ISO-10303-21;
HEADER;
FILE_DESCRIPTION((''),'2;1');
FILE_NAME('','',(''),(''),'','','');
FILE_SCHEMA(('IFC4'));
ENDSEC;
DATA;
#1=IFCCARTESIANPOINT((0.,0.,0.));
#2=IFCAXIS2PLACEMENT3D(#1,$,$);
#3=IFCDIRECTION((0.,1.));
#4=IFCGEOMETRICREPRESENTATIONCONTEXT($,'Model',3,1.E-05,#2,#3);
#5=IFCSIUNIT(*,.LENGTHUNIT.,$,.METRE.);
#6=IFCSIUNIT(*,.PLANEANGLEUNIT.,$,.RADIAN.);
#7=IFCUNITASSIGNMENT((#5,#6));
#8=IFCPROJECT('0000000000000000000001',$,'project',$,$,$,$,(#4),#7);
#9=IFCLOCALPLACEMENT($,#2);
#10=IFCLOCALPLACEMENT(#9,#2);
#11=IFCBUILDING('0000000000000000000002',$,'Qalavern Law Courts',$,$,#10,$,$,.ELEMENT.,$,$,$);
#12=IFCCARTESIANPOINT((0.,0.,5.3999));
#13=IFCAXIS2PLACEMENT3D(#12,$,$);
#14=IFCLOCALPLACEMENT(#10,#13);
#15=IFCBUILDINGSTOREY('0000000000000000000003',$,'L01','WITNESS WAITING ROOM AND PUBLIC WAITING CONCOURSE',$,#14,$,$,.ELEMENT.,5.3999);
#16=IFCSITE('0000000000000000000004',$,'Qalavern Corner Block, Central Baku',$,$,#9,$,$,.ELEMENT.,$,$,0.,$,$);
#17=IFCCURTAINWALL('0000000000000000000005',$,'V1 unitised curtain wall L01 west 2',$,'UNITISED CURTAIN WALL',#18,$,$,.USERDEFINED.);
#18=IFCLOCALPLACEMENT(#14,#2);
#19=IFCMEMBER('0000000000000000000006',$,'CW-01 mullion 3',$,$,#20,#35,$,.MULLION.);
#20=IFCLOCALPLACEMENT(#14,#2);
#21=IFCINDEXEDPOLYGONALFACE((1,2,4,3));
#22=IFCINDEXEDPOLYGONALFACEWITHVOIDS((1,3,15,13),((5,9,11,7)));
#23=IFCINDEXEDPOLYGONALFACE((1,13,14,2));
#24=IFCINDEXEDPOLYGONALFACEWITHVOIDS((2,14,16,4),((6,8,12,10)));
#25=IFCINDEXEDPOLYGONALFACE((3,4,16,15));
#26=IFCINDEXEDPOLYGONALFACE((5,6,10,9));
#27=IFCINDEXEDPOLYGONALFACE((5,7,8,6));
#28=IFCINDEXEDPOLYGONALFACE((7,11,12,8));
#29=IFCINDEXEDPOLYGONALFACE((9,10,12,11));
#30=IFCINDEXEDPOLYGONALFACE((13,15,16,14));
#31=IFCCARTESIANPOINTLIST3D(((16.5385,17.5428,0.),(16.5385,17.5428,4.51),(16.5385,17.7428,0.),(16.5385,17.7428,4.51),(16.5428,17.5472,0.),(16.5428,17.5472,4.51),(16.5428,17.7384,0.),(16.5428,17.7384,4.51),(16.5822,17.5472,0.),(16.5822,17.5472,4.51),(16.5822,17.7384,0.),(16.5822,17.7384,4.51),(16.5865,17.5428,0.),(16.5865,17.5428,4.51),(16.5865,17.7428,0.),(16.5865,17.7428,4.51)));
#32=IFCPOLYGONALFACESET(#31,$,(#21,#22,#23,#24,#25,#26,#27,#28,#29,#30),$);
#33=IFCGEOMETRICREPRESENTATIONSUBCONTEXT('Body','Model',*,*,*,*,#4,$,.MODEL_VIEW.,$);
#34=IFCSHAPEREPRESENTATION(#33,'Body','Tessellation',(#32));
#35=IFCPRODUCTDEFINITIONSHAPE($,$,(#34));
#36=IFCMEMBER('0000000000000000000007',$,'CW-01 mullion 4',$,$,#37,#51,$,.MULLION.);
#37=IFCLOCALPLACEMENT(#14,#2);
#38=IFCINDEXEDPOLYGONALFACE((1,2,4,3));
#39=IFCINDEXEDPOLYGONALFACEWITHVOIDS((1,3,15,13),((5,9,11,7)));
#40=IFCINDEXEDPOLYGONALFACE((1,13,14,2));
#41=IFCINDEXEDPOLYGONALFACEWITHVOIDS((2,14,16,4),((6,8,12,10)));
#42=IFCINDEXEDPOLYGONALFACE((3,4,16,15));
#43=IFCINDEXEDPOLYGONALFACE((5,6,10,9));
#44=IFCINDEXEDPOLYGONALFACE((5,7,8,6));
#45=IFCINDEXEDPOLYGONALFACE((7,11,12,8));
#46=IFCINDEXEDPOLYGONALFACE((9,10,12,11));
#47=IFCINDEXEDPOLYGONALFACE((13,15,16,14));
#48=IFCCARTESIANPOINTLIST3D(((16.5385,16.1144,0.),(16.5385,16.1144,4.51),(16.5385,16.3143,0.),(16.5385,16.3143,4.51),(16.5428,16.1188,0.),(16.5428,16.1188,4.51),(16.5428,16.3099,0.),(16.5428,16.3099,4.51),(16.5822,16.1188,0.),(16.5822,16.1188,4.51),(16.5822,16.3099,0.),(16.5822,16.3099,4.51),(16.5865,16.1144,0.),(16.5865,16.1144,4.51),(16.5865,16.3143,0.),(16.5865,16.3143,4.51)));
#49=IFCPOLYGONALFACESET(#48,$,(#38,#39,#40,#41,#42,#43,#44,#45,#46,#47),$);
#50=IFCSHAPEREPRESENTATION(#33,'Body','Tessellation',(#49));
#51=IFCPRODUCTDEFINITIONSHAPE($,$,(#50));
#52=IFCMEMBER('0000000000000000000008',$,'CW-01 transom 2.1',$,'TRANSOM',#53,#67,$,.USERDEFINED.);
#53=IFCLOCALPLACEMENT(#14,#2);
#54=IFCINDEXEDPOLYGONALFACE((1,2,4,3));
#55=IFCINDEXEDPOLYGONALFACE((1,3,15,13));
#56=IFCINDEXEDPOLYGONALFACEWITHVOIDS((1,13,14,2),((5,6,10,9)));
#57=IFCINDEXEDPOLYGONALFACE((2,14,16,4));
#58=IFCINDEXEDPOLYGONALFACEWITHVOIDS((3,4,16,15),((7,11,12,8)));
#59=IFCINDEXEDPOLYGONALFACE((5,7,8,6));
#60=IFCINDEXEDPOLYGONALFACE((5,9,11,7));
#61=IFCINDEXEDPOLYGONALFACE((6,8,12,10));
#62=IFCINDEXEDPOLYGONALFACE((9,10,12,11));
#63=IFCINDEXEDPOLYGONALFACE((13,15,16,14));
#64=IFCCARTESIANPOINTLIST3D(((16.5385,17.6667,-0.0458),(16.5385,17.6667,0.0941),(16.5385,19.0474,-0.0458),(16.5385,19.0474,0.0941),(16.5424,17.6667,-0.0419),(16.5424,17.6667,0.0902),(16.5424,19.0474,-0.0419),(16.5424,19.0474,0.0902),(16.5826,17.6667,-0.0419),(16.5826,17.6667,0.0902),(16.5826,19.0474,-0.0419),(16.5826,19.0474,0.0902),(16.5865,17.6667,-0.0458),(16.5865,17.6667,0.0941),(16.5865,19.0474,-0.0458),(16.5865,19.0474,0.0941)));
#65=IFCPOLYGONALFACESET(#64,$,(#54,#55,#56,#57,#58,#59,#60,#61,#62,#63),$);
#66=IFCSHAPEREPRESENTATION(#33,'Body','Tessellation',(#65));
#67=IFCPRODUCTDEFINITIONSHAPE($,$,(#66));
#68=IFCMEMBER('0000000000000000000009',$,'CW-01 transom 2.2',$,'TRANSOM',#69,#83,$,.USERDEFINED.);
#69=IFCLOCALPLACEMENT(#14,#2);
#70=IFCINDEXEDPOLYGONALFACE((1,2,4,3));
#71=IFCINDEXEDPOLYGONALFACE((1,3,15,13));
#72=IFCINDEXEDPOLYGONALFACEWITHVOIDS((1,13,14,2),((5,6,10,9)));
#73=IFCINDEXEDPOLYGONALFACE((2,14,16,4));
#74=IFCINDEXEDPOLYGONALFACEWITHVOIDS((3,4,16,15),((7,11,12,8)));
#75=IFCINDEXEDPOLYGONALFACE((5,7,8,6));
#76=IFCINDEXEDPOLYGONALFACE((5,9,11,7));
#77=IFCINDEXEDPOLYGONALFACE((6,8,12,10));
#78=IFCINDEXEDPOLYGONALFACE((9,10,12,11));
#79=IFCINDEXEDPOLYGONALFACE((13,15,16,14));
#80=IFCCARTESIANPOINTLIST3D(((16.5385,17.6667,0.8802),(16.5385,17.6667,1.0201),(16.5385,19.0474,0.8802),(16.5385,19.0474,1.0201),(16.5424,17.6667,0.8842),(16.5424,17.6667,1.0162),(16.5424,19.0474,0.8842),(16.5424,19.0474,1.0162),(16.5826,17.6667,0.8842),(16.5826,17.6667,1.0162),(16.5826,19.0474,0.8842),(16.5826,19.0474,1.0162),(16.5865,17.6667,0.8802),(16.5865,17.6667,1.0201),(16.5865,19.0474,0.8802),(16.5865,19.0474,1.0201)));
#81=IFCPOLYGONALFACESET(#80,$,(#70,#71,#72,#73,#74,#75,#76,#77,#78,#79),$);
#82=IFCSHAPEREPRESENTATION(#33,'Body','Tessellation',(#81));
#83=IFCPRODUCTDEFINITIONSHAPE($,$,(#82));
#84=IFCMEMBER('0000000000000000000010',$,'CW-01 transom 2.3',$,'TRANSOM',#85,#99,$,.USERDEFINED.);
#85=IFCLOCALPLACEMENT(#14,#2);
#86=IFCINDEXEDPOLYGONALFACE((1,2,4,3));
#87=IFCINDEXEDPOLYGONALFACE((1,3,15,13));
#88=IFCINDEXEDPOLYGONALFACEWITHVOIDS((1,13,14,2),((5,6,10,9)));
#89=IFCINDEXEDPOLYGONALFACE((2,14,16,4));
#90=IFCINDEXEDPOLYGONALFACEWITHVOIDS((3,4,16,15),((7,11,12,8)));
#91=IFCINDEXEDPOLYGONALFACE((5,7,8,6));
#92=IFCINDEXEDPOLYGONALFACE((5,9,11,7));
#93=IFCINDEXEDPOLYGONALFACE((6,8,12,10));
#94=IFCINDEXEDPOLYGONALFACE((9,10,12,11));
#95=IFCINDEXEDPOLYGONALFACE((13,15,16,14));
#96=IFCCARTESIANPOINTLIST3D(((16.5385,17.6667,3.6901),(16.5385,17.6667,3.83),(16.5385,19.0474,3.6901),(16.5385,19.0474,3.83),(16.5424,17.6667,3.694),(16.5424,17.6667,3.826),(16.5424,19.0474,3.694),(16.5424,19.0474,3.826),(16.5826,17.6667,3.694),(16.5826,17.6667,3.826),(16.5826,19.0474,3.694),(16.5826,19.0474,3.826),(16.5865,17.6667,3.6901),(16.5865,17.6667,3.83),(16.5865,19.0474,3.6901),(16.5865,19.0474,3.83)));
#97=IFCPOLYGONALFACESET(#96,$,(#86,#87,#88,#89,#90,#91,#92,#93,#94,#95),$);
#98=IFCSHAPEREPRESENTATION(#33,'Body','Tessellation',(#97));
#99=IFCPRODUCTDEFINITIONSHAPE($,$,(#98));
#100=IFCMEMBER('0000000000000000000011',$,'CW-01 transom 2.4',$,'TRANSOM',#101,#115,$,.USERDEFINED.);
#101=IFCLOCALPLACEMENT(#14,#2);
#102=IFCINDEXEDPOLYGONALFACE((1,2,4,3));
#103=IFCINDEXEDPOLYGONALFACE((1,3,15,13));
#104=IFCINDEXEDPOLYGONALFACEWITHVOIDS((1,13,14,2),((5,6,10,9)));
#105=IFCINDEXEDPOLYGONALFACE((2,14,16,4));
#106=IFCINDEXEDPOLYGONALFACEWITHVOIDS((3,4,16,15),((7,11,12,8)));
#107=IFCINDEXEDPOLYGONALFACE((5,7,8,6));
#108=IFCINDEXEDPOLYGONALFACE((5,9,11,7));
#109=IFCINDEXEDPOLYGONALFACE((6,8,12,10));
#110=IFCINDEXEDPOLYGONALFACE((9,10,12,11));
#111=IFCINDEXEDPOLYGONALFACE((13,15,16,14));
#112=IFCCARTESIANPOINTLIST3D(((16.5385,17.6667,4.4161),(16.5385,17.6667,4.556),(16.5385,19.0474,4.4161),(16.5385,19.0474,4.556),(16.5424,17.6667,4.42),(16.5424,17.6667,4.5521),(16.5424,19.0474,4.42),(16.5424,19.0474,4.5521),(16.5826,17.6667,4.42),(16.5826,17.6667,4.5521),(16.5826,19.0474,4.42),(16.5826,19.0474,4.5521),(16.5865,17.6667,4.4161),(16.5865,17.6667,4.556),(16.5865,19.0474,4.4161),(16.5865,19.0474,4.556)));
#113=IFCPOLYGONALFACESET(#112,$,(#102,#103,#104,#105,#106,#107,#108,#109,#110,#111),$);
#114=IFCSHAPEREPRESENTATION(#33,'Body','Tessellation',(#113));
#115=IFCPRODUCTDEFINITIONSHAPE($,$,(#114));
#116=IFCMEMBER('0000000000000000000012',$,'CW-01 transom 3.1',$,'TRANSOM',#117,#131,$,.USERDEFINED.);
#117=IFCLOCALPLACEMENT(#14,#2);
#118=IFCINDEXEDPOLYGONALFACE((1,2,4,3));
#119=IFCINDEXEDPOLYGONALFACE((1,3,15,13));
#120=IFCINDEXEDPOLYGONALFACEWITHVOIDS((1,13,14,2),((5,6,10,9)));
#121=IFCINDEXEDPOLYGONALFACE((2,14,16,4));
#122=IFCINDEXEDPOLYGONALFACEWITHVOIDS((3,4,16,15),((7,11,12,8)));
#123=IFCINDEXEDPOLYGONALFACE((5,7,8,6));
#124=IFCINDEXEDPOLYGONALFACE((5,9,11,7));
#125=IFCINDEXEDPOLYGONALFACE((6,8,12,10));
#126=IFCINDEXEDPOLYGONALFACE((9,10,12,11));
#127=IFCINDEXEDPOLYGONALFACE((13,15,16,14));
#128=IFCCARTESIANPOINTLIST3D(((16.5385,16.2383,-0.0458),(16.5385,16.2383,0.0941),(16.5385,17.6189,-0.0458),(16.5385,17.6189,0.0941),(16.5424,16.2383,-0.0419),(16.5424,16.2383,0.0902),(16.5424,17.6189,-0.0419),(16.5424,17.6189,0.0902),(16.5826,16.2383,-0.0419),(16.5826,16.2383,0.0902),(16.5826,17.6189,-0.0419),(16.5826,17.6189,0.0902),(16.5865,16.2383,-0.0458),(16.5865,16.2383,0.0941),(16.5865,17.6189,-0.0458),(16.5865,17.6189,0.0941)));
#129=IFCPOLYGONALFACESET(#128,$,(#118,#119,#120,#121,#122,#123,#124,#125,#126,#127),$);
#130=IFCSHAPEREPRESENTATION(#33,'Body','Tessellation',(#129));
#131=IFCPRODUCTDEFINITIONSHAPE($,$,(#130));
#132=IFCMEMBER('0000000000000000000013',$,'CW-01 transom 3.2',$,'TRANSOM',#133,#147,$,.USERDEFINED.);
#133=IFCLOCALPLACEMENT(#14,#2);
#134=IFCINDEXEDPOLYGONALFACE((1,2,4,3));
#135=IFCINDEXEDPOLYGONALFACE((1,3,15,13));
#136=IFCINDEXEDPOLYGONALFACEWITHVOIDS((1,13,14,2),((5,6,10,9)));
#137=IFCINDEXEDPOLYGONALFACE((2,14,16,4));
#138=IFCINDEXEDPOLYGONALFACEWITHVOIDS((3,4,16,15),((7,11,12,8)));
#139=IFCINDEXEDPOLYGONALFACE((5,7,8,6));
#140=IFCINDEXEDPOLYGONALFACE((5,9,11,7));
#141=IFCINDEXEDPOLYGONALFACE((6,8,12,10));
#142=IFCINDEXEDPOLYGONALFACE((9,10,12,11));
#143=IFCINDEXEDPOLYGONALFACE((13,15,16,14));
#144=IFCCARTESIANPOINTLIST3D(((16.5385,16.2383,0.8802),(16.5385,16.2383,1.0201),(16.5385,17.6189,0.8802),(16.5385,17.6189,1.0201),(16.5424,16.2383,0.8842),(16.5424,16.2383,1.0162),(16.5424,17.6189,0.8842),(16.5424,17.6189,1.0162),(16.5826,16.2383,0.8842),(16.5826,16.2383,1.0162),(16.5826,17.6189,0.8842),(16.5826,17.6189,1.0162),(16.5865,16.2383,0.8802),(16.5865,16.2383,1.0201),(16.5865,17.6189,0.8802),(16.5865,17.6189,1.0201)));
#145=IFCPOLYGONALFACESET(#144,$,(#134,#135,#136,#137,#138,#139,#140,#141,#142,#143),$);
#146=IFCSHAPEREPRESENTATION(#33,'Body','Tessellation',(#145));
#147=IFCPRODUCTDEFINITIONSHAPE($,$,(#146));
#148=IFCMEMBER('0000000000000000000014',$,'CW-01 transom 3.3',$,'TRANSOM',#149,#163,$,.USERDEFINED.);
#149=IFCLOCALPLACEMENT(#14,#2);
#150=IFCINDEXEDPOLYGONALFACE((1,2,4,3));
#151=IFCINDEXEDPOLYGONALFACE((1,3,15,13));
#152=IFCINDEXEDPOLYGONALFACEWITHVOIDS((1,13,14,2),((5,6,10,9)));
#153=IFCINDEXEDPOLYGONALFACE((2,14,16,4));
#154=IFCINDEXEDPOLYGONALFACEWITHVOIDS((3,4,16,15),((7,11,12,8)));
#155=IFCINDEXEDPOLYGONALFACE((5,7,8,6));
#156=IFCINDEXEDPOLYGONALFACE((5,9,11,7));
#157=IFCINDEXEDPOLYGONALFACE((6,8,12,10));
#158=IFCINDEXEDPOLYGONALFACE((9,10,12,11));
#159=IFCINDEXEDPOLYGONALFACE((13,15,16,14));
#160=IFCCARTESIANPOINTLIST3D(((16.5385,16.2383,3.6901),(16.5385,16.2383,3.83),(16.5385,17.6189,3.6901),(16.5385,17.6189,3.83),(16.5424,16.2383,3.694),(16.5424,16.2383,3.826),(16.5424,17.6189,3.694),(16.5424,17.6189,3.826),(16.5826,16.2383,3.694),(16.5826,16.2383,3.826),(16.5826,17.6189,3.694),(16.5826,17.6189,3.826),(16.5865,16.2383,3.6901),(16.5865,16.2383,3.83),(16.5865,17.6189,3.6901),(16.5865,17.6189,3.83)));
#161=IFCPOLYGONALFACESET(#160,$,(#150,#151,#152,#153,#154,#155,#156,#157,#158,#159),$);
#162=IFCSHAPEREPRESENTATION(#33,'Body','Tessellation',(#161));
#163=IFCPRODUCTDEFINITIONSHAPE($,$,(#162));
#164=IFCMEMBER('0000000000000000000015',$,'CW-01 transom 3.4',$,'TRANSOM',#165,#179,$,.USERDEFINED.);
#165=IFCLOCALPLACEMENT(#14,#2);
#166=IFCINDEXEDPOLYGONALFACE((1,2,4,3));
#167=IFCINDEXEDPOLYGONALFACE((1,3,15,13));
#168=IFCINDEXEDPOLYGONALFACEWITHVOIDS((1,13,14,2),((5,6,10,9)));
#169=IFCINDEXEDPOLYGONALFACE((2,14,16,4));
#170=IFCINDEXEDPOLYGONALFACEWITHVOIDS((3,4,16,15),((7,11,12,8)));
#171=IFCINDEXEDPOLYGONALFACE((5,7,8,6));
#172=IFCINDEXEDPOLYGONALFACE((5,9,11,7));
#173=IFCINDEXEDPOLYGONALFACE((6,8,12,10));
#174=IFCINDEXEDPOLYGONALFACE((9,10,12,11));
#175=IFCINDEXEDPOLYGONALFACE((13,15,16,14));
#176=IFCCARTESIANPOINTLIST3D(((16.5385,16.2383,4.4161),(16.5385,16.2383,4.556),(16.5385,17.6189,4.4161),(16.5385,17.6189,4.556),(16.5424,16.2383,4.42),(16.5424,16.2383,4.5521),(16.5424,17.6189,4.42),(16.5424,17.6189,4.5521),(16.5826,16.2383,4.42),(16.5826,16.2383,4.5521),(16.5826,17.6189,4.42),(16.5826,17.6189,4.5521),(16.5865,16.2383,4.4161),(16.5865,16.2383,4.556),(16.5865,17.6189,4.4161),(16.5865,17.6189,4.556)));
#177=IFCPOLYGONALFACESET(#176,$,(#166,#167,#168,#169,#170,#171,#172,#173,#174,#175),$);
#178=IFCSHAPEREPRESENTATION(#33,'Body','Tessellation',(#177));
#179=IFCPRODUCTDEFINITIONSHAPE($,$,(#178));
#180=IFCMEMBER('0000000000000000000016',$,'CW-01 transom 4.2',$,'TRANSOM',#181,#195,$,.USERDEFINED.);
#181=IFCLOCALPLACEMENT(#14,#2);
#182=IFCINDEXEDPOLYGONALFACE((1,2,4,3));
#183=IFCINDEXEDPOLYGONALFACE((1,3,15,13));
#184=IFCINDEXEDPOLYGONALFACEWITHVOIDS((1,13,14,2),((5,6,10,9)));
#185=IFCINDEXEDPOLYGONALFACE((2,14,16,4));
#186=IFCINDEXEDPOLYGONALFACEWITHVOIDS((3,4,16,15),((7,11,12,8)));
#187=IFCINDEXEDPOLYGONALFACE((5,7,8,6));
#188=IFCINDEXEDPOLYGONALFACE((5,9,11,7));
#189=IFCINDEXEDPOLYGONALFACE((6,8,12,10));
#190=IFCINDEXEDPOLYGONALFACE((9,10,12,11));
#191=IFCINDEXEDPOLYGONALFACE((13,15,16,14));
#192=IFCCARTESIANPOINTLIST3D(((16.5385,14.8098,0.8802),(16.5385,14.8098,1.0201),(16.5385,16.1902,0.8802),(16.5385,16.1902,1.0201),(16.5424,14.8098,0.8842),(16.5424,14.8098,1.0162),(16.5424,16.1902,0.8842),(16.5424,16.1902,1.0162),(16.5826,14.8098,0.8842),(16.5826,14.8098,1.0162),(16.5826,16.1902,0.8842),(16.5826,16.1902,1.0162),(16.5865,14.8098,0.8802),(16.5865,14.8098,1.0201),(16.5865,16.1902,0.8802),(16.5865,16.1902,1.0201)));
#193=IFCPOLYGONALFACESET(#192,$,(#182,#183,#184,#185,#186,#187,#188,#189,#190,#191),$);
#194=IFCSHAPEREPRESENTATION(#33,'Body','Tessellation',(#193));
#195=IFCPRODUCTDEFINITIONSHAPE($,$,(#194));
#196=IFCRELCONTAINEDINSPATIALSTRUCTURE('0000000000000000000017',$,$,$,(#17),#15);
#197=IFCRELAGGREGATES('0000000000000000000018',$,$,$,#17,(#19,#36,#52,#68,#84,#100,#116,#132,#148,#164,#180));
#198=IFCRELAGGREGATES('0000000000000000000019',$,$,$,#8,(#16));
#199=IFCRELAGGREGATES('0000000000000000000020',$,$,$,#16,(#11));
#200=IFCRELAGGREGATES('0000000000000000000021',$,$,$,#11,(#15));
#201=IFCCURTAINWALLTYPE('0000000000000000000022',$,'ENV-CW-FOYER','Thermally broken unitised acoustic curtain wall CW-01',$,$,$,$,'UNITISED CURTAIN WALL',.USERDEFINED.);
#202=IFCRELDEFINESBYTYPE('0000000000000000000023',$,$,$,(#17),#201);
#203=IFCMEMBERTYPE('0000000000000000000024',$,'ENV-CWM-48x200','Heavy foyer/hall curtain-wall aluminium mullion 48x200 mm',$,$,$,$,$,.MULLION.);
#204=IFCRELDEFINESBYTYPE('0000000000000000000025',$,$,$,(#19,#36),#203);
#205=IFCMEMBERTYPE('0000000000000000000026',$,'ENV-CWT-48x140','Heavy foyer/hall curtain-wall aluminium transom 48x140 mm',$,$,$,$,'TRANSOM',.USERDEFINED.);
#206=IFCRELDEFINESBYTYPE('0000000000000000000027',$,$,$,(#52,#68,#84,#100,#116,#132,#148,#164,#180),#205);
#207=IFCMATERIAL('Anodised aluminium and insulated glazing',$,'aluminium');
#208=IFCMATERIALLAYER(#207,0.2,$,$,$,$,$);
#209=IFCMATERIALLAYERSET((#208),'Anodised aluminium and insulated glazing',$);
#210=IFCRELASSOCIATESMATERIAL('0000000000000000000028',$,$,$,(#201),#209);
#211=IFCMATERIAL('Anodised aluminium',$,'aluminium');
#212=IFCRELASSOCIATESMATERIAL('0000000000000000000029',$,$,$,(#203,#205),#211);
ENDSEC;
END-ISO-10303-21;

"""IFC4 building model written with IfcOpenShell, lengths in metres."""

from ifc_helpers import new_model, si_unit, direction, frame, origin, origin_2d, place, context, subcontext, project, spatial, hollow_rectangle, extrude, material, layer, layer_set, material_profile, profile_set, type_object, element, aggregate, save


model = new_model("IFC4")

# Units and contexts
model_context = context("Model", 3, precision=1e-05, world=origin(), true_north=direction((0.0, 1.0)))
body_context = subcontext(model_context, "Body", "Model", "MODEL_VIEW")
ifc_project = project(units=[si_unit("LENGTHUNIT", "METRE"), si_unit("PLANEANGLEUNIT", "RADIAN")], contexts=[model_context])

# Site, building, storey
site_placement = place(None, origin())
site = spatial("IfcSite", under=ifc_project, at=site_placement, Name="Qalavern Corner Block, Central Baku", CompositionType="ELEMENT", RefElevation=0.0)
building_placement = place(site_placement, origin())
building = spatial("IfcBuilding", under=site, at=building_placement, Name="Qalavern Law Courts", CompositionType="ELEMENT")
storey_placement = place(building_placement, frame((0.0, 0.0, 5.3999)))
storey = spatial("IfcBuildingStorey", under=building, at=storey_placement, Name="L01", Description="WITNESS WAITING ROOM AND PUBLIC WAITING CONCOURSE", CompositionType="ELEMENT", Elevation=5.3999)

# Curtain wall, members
ifc_material_1 = material(Name="Anodised aluminium and insulated glazing", Category="aluminium")
ifc_layer_1 = layer(ifc_material_1, 0.2)
ifc_layer_set_1 = layer_set([ifc_layer_1], Name="Anodised aluminium and insulated glazing")
curtain_wall_type = type_object("IfcCurtainWallType", Name="ENV-CW-FOYER", Description="Thermally broken unitised acoustic curtain wall CW-01", ElementType="UNITISED CURTAIN WALL", PredefinedType="USERDEFINED", material=ifc_layer_set_1)
curtain_wall_placement = place(storey_placement, origin())
curtain_wall = element("IfcCurtainWall", 1, at=curtain_wall_placement, inside=storey, type_object=curtain_wall_type, Name="V1 unitised curtain wall L01 west 2", ObjectType="UNITISED CURTAIN WALL", PredefinedType="USERDEFINED")
ifc_material_2 = material(Name="Anodised aluminium", Category="aluminium")
ifc_material_profile_1 = material_profile(ifc_material_2, hollow_rectangle(XDim=0.0481, YDim=0.2, WallThickness=0.0044, at=origin_2d()), Name="ALU MULLION 48x200")
ifc_profile_set_1 = profile_set([ifc_material_profile_1], Name="Anodised aluminium")
member_type_1 = type_object("IfcMemberType", Name="ENV-CWM-48x200", Description="Heavy foyer/hall curtain-wall aluminium mullion 48x200 mm", PredefinedType="MULLION", material=ifc_profile_set_1)
member_1_placement = place(storey_placement, frame((16.5625, 17.6428, 0.0), z_axis=(0.0, 0.0, 1.0), x_axis=(1.0, 0.0, 0.0)))
member_1 = element("IfcMember", 2, at=member_1_placement, type_object=member_type_1, Name="CW-01 mullion 3", PredefinedType="MULLION", context=body_context, shape_type="SweptSolid", body=[
    extrude(hollow_rectangle(XDim=0.0481, YDim=0.2, WallThickness=0.0044, at=origin_2d()), origin(), (0.0, 0.0, 1.0), 4.51),
])
member_2_placement = place(storey_placement, frame((16.5625, 16.2144, 0.0), z_axis=(0.0, 0.0, 1.0), x_axis=(1.0, 0.0, 0.0)))
member_2 = element("IfcMember", 3, at=member_2_placement, type_object=member_type_1, Name="CW-01 mullion 4", PredefinedType="MULLION", context=body_context, shape_type="SweptSolid", body=[
    extrude(hollow_rectangle(XDim=0.0481, YDim=0.2, WallThickness=0.0044, at=origin_2d()), origin(), (0.0, 0.0, 1.0), 4.51),
])
ifc_material_profile_2 = material_profile(ifc_material_2, hollow_rectangle(XDim=0.0481, YDim=0.1399, WallThickness=0.0039, at=origin_2d()), Name="ALU TRANSOM 48x140")
ifc_profile_set_2 = profile_set([ifc_material_profile_2], Name="Anodised aluminium")
member_type_2 = type_object("IfcMemberType", Name="ENV-CWT-48x140", Description="Heavy foyer/hall curtain-wall aluminium transom 48x140 mm", ElementType="TRANSOM", PredefinedType="USERDEFINED", material=ifc_profile_set_2)
member_3_placement = place(storey_placement, frame((16.5625, 19.0474, 0.0242), z_axis=(0.0, -1.0, 0.0), x_axis=(1.0, 0.0, 0.0)))
member_3 = element("IfcMember", 4, at=member_3_placement, type_object=member_type_2, Name="CW-01 transom 2.1", ObjectType="TRANSOM", PredefinedType="USERDEFINED", context=body_context, shape_type="SweptSolid", body=[
    extrude(hollow_rectangle(XDim=0.0481, YDim=0.1399, WallThickness=0.0039, at=origin_2d()), origin(), (0.0, 0.0, 1.0), 1.3806),
])
member_4_placement = place(storey_placement, frame((16.5625, 19.0474, 0.9502), z_axis=(0.0, -1.0, 0.0), x_axis=(1.0, 0.0, 0.0)))
member_4 = element("IfcMember", 5, at=member_4_placement, type_object=member_type_2, Name="CW-01 transom 2.2", ObjectType="TRANSOM", PredefinedType="USERDEFINED", context=body_context, shape_type="SweptSolid", body=[
    extrude(hollow_rectangle(XDim=0.0481, YDim=0.1399, WallThickness=0.0039, at=origin_2d()), origin(), (0.0, 0.0, 1.0), 1.3806),
])
member_5_placement = place(storey_placement, frame((16.5625, 19.0474, 3.76), z_axis=(0.0, -1.0, 0.0), x_axis=(1.0, 0.0, 0.0)))
member_5 = element("IfcMember", 6, at=member_5_placement, type_object=member_type_2, Name="CW-01 transom 2.3", ObjectType="TRANSOM", PredefinedType="USERDEFINED", context=body_context, shape_type="SweptSolid", body=[
    extrude(hollow_rectangle(XDim=0.0481, YDim=0.1399, WallThickness=0.0039, at=origin_2d()), origin(), (0.0, 0.0, 1.0), 1.3806),
])
member_6_placement = place(storey_placement, frame((16.5625, 19.0474, 4.4861), z_axis=(0.0, -1.0, 0.0), x_axis=(1.0, 0.0, 0.0)))
member_6 = element("IfcMember", 7, at=member_6_placement, type_object=member_type_2, Name="CW-01 transom 2.4", ObjectType="TRANSOM", PredefinedType="USERDEFINED", context=body_context, shape_type="SweptSolid", body=[
    extrude(hollow_rectangle(XDim=0.0481, YDim=0.1399, WallThickness=0.0039, at=origin_2d()), origin(), (0.0, 0.0, 1.0), 1.3806),
])
member_7_placement = place(storey_placement, frame((16.5625, 17.6189, 0.0242), z_axis=(0.0, -1.0, 0.0), x_axis=(1.0, 0.0, 0.0)))
member_7 = element("IfcMember", 8, at=member_7_placement, type_object=member_type_2, Name="CW-01 transom 3.1", ObjectType="TRANSOM", PredefinedType="USERDEFINED", context=body_context, shape_type="SweptSolid", body=[
    extrude(hollow_rectangle(XDim=0.0481, YDim=0.1399, WallThickness=0.0039, at=origin_2d()), origin(), (0.0, 0.0, 1.0), 1.3806),
])
member_8_placement = place(storey_placement, frame((16.5625, 17.6189, 0.9502), z_axis=(0.0, -1.0, 0.0), x_axis=(1.0, 0.0, 0.0)))
member_8 = element("IfcMember", 9, at=member_8_placement, type_object=member_type_2, Name="CW-01 transom 3.2", ObjectType="TRANSOM", PredefinedType="USERDEFINED", context=body_context, shape_type="SweptSolid", body=[
    extrude(hollow_rectangle(XDim=0.0481, YDim=0.1399, WallThickness=0.0039, at=origin_2d()), origin(), (0.0, 0.0, 1.0), 1.3806),
])
member_9_placement = place(storey_placement, frame((16.5625, 17.6189, 3.76), z_axis=(0.0, -1.0, 0.0), x_axis=(1.0, 0.0, 0.0)))
member_9 = element("IfcMember", 10, at=member_9_placement, type_object=member_type_2, Name="CW-01 transom 3.3", ObjectType="TRANSOM", PredefinedType="USERDEFINED", context=body_context, shape_type="SweptSolid", body=[
    extrude(hollow_rectangle(XDim=0.0481, YDim=0.1399, WallThickness=0.0039, at=origin_2d()), origin(), (0.0, 0.0, 1.0), 1.3806),
])
member_10_placement = place(storey_placement, frame((16.5625, 17.6189, 4.4861), z_axis=(0.0, -1.0, 0.0), x_axis=(1.0, 0.0, 0.0)))
member_10 = element("IfcMember", 11, at=member_10_placement, type_object=member_type_2, Name="CW-01 transom 3.4", ObjectType="TRANSOM", PredefinedType="USERDEFINED", context=body_context, shape_type="SweptSolid", body=[
    extrude(hollow_rectangle(XDim=0.0481, YDim=0.1399, WallThickness=0.0039, at=origin_2d()), origin(), (0.0, 0.0, 1.0), 1.3806),
])
member_11_placement = place(storey_placement, frame((16.5625, 16.1902, 0.9502), z_axis=(0.0, -1.0, 0.0), x_axis=(1.0, 0.0, 0.0)))
member_11 = element("IfcMember", 12, at=member_11_placement, type_object=member_type_2, Name="CW-01 transom 4.2", ObjectType="TRANSOM", PredefinedType="USERDEFINED", context=body_context, shape_type="SweptSolid", body=[
    extrude(hollow_rectangle(XDim=0.0481, YDim=0.1399, WallThickness=0.0039, at=origin_2d()), origin(), (0.0, 0.0, 1.0), 1.3804),
])

aggregate(curtain_wall, [member_1, member_2, member_3, member_4, member_5, member_6, member_7, member_8, member_9, member_10, member_11])

save(model, "model.ifc")
